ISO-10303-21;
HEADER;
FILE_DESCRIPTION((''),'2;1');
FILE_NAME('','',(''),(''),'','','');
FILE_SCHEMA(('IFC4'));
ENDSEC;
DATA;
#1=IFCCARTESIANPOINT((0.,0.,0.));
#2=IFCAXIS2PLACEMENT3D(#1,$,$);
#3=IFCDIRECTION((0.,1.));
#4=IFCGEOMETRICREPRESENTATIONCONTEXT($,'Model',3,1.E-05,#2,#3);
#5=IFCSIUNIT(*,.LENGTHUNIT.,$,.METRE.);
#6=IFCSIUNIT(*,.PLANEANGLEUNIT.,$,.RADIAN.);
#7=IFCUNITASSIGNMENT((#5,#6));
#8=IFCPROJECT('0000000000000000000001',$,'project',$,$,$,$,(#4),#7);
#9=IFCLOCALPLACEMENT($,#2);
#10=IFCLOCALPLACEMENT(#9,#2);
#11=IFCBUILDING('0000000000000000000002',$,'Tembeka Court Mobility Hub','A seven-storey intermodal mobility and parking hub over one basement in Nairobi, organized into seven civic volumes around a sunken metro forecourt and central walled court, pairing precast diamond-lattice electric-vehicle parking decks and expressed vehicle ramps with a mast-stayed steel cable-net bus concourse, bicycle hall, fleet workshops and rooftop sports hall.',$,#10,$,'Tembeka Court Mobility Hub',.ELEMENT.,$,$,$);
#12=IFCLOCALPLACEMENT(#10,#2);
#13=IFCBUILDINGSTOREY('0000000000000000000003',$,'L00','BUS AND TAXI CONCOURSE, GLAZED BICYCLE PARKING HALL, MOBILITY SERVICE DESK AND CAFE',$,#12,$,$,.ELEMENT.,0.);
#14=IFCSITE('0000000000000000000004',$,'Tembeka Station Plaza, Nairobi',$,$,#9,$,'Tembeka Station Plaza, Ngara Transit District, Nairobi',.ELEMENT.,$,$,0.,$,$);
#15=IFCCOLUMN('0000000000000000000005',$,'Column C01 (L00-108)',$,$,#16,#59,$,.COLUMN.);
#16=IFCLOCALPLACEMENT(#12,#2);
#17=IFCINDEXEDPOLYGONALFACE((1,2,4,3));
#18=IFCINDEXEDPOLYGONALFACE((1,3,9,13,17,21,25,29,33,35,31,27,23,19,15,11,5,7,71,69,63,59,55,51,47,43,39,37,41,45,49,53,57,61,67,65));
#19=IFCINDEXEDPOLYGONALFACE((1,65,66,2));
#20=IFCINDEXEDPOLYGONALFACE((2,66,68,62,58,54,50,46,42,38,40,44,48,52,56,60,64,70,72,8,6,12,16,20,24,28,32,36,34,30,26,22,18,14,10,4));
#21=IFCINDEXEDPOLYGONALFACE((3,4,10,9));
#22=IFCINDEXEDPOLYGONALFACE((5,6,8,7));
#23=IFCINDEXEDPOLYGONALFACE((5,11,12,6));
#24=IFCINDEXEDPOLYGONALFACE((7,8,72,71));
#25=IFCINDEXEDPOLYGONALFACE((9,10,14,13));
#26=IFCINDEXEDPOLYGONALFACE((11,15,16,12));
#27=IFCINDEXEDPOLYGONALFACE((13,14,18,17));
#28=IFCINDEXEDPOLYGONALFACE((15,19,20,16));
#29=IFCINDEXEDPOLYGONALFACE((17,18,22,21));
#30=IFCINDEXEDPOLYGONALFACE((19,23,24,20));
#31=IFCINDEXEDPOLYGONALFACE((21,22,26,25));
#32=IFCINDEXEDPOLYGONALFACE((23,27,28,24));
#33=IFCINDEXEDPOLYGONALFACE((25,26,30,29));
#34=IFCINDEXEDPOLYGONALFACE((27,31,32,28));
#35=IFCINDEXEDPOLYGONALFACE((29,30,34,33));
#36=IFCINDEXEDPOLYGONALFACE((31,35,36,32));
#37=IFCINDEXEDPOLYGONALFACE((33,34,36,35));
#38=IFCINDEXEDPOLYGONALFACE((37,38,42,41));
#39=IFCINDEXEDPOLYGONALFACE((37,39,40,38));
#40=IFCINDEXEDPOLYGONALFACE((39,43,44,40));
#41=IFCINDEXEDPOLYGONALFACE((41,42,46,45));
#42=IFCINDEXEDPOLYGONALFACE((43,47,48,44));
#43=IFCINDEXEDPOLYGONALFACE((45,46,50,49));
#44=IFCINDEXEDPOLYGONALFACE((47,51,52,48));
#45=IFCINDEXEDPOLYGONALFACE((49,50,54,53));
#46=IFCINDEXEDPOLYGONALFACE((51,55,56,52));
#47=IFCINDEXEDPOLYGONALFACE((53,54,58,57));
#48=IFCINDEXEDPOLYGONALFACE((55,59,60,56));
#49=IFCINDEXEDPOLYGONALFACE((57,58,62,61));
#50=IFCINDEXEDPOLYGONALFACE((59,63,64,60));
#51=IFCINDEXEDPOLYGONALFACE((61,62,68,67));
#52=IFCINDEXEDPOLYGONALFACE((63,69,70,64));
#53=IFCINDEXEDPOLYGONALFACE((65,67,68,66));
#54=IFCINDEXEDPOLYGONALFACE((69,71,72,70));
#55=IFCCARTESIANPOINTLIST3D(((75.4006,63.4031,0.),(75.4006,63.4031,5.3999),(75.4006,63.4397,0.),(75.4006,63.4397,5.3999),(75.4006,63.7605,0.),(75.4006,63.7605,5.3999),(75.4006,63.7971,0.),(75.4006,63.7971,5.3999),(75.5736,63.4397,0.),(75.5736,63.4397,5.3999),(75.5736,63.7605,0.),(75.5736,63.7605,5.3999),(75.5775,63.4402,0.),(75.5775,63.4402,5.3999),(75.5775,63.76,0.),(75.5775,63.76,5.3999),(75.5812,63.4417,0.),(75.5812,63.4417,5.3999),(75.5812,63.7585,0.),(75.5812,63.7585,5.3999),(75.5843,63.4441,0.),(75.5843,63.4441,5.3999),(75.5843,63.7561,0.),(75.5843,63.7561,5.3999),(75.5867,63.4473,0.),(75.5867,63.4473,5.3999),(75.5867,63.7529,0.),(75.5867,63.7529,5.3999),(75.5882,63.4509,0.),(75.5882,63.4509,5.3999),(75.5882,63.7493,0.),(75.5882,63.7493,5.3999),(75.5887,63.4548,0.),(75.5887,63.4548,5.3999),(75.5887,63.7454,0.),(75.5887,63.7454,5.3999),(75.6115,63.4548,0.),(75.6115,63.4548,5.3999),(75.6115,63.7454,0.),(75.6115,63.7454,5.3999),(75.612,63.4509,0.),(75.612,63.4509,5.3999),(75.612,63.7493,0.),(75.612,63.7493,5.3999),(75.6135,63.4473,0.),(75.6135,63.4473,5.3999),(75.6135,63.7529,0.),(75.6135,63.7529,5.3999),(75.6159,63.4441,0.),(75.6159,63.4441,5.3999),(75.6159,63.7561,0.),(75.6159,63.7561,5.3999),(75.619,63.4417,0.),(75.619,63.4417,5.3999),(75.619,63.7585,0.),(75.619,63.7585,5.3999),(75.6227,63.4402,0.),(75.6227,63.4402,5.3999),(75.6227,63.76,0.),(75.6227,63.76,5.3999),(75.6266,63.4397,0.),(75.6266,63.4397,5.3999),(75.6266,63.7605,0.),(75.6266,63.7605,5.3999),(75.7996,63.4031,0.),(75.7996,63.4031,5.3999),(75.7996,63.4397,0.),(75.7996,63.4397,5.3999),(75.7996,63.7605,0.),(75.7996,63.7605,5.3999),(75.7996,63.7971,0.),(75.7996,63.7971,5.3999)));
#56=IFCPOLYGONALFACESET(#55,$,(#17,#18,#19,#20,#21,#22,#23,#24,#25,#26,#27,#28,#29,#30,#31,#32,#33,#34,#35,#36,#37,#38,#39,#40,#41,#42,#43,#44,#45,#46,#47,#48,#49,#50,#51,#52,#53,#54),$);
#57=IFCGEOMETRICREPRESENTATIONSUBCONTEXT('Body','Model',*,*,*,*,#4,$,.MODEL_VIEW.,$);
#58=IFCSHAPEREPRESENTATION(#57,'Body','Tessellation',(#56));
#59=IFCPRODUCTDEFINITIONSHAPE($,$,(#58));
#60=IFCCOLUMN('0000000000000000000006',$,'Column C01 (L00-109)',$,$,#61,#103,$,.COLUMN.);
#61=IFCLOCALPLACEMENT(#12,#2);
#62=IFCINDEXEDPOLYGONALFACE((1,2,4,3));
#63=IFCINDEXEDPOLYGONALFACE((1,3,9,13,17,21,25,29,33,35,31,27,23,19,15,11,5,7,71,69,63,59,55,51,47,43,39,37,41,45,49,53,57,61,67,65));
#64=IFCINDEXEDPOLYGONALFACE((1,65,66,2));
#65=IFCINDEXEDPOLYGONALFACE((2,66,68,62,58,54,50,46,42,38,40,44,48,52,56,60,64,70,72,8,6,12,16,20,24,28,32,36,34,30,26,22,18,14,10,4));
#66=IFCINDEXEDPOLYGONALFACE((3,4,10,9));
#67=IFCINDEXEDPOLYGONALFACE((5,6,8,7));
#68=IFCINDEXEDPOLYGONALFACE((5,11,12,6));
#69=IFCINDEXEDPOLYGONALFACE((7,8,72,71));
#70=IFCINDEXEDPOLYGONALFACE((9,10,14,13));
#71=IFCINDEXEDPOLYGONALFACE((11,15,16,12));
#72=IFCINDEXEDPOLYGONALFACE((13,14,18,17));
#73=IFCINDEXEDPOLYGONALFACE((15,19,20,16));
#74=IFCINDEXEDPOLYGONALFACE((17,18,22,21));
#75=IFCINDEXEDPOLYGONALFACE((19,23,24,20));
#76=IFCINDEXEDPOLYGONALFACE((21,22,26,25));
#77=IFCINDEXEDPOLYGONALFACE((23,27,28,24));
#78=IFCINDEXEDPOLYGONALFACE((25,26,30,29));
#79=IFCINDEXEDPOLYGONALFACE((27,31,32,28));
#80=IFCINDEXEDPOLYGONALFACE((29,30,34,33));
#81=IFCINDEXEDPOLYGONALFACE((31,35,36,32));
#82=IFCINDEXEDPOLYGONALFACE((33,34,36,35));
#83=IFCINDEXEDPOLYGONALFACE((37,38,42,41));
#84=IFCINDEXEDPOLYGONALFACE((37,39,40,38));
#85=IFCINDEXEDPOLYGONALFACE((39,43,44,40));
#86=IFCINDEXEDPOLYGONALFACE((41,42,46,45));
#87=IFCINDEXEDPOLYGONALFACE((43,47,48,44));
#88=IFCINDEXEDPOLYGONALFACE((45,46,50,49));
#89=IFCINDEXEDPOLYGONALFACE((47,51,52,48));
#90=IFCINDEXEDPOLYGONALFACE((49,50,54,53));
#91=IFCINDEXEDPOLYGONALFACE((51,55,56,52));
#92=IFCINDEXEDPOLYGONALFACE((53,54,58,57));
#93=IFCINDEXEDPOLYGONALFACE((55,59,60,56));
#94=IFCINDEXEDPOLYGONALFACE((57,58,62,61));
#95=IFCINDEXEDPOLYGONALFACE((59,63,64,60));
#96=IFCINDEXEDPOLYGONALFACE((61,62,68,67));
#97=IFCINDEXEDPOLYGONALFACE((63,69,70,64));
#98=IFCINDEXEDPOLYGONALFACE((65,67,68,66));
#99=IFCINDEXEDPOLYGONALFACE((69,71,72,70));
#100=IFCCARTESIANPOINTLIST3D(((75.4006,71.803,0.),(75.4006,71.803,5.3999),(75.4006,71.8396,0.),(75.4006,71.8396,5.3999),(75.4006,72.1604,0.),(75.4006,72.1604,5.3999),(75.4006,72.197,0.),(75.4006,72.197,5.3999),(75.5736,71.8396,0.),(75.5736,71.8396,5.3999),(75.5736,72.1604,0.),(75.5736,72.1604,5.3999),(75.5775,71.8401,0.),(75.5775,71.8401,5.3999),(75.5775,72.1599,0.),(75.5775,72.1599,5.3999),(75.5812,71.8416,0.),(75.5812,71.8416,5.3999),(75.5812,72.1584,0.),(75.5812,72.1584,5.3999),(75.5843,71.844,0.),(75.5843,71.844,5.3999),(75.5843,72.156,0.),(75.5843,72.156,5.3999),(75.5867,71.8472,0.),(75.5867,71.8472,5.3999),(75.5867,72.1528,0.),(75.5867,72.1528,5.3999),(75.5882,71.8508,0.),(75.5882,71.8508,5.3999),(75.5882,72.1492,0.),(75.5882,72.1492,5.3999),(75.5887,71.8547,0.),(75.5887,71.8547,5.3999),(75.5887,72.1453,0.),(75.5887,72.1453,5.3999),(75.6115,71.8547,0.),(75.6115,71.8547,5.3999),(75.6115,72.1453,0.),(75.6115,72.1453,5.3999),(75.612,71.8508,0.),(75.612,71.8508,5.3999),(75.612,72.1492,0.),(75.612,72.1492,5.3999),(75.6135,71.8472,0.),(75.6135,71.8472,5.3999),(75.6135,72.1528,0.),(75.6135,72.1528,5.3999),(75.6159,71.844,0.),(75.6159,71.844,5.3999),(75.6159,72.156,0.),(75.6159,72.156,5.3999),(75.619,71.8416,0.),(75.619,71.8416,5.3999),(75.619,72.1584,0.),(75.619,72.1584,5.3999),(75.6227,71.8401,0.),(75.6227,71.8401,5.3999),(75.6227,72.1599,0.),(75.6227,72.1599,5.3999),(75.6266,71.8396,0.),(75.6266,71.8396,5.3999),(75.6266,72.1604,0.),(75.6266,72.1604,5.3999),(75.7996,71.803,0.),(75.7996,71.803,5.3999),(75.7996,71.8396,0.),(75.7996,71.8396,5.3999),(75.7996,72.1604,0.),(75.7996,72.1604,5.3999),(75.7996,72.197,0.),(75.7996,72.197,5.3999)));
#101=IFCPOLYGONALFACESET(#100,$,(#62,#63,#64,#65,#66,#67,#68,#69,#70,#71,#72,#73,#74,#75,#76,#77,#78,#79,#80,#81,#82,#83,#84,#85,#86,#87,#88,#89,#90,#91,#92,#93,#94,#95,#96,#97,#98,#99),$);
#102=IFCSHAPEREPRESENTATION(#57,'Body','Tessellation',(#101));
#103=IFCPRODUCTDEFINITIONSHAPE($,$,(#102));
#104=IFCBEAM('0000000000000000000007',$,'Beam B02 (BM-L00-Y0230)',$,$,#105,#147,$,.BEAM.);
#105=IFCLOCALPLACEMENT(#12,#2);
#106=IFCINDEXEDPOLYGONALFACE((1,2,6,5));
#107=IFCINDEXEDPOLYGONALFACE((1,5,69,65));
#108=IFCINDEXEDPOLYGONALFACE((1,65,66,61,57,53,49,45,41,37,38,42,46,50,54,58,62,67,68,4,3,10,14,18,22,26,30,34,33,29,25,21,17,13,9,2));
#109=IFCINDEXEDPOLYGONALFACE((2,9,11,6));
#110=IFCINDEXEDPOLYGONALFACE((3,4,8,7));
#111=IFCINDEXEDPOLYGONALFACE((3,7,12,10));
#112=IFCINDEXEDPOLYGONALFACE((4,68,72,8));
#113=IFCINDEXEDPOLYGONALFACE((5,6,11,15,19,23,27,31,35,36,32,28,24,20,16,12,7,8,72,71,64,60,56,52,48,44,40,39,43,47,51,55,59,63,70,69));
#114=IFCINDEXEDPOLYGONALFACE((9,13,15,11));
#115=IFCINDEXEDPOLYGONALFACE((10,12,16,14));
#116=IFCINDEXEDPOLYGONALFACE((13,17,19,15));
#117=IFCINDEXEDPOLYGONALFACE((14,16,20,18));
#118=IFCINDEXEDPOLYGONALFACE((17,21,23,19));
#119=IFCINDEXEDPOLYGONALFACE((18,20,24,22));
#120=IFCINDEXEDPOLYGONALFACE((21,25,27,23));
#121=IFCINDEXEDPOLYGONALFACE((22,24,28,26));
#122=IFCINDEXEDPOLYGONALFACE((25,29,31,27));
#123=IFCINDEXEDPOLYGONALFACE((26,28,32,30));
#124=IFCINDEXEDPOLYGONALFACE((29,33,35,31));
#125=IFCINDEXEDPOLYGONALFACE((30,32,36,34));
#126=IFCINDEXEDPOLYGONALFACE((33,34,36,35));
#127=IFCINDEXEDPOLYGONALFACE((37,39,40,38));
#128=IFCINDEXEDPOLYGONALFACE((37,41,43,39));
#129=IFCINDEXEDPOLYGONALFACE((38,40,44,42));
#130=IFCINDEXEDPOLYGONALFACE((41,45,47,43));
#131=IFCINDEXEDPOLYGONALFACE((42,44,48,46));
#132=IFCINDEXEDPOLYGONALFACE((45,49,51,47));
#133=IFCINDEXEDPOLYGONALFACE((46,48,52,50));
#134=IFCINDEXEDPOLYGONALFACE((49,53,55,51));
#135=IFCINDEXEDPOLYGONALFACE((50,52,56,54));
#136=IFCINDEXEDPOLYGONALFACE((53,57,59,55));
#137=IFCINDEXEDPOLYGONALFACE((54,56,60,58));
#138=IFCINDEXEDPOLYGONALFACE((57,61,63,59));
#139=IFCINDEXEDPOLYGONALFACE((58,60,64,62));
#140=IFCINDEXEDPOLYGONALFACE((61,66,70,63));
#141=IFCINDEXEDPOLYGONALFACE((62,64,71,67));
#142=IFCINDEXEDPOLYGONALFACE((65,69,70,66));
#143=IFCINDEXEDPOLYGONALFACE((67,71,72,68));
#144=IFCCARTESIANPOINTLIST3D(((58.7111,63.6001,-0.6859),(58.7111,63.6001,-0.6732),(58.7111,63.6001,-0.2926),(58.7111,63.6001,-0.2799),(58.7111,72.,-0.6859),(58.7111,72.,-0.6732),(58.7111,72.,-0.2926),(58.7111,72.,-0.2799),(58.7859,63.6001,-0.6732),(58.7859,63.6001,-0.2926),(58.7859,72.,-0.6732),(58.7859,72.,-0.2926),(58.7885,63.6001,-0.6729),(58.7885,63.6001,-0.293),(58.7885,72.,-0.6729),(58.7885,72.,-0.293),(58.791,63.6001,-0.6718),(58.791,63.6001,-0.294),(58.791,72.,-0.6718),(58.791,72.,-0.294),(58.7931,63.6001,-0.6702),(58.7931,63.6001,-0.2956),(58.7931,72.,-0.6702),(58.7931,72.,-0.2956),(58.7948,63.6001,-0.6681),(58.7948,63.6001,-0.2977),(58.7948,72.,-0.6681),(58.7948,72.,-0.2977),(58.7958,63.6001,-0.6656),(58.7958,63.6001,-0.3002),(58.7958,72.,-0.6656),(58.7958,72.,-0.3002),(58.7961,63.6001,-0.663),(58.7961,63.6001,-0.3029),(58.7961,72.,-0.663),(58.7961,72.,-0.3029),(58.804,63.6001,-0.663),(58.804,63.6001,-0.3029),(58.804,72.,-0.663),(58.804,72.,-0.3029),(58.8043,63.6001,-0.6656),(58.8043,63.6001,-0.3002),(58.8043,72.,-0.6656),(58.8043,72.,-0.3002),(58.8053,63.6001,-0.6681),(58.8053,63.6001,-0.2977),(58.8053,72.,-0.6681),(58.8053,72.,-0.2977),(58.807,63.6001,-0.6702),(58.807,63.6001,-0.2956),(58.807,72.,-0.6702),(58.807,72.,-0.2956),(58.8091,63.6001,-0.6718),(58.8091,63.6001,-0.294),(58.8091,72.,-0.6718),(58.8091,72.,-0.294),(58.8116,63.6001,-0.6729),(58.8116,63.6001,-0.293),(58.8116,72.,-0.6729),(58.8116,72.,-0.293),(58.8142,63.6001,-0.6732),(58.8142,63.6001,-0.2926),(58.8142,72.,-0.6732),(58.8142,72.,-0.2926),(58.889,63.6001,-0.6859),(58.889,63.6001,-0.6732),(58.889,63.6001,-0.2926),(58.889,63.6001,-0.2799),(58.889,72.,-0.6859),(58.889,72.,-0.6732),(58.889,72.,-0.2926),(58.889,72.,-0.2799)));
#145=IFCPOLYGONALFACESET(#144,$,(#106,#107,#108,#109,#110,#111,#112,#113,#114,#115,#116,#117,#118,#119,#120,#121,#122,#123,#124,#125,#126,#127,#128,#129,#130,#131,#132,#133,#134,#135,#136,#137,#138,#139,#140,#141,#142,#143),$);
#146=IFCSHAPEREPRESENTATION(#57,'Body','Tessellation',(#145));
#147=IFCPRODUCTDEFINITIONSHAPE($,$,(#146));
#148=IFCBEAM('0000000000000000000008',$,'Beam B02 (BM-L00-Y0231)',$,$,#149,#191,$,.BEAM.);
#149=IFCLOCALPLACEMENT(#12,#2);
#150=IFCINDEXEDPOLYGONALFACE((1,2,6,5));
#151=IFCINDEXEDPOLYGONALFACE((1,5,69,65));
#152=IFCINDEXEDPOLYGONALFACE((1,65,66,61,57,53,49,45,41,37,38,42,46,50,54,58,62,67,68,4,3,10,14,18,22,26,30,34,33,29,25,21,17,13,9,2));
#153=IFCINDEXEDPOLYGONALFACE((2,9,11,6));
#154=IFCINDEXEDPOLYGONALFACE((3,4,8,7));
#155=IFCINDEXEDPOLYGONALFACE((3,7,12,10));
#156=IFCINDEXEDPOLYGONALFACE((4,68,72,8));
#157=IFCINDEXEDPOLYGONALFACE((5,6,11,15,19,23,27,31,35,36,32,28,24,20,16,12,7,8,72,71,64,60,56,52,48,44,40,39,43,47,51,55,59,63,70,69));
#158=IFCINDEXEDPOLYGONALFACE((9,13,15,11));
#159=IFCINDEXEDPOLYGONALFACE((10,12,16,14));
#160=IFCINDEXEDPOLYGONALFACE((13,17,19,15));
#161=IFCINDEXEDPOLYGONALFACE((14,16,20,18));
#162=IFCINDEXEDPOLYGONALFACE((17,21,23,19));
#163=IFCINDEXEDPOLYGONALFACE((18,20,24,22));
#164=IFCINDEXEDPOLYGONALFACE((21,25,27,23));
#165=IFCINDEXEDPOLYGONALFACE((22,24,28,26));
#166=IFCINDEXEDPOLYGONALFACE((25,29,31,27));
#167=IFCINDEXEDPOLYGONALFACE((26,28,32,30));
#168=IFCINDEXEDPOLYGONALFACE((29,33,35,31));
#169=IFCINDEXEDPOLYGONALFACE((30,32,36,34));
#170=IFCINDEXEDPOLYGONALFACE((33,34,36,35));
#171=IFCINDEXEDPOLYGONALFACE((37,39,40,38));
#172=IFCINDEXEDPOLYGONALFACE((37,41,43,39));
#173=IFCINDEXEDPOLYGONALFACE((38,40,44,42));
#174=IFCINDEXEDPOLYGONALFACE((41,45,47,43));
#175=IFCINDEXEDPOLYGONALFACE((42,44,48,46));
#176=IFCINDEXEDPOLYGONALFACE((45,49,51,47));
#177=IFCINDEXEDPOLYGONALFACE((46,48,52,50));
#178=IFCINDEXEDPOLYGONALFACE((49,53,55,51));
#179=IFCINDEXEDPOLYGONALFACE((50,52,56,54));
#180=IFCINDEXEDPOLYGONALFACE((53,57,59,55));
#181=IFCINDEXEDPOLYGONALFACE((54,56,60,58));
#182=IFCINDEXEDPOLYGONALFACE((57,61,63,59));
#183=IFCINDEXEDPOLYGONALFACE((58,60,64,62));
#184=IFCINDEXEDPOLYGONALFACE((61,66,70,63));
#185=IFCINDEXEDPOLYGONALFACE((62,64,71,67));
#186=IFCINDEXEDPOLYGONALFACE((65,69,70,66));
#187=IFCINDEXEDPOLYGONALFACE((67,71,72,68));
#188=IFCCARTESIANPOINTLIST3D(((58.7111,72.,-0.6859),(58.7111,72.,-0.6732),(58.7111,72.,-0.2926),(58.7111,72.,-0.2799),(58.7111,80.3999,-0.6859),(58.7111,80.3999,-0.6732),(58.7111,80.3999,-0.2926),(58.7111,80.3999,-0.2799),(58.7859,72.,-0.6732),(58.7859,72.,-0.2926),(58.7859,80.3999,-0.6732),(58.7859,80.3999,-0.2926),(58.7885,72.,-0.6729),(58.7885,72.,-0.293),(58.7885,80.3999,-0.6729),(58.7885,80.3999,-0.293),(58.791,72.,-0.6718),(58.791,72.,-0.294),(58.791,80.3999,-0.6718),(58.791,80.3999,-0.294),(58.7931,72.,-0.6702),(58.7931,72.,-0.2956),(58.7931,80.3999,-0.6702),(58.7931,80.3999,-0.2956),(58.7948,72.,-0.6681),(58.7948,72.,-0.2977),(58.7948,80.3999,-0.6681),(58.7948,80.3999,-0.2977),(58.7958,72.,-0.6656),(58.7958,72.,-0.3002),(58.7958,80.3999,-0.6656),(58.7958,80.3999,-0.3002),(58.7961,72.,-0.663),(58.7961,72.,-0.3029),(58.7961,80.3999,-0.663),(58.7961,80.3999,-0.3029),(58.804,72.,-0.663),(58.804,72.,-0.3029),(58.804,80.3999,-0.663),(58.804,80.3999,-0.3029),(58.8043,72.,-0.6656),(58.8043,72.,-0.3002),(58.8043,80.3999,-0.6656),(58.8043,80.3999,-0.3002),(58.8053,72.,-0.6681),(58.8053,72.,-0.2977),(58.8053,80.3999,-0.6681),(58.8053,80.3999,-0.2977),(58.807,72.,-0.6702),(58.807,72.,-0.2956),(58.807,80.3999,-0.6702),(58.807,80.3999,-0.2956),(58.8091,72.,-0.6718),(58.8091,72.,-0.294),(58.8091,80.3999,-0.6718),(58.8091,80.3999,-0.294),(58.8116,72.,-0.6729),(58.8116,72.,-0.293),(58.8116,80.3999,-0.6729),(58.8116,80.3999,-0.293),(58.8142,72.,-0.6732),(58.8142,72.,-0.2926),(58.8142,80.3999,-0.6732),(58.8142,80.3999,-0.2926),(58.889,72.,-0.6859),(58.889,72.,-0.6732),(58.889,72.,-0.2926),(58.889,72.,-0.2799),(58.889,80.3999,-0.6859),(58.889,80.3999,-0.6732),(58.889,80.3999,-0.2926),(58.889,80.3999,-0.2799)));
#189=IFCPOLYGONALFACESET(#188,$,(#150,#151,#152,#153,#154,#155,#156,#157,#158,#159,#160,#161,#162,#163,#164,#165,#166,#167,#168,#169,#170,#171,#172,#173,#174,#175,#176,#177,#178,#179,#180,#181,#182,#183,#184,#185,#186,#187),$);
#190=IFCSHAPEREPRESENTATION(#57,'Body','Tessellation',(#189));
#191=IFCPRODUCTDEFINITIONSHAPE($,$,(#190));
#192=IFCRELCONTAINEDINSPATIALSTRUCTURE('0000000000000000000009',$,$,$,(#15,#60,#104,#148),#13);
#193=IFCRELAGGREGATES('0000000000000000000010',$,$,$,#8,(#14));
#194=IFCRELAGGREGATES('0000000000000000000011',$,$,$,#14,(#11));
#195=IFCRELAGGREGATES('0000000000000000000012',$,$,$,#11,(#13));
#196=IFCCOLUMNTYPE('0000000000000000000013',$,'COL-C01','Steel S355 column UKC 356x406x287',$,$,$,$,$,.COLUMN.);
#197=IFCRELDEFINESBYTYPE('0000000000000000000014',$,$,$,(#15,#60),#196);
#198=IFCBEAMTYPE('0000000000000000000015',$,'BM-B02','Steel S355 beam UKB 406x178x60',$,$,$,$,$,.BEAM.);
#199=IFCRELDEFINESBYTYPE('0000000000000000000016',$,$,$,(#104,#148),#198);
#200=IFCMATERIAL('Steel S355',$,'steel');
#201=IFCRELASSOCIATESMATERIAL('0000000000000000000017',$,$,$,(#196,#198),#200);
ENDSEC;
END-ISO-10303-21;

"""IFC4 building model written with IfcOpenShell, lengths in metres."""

from ifc_helpers import new_model, si_unit, direction, frame, origin, origin_2d, place, context, subcontext, project, spatial, i_section, extrude, material, material_profile, profile_set, type_object, element, save


model = new_model("IFC4")

# Units and contexts
model_context = context("Model", 3, precision=1e-05, world=origin(), true_north=direction((0.0, 1.0)))
body_context = subcontext(model_context, "Body", "Model", "MODEL_VIEW")
ifc_project = project(units=[si_unit("LENGTHUNIT", "METRE"), si_unit("PLANEANGLEUNIT", "RADIAN")], contexts=[model_context])

# Site, building, storey
site_placement = place(None, origin())
site = spatial("IfcSite", under=ifc_project, at=site_placement, Name="Tembeka Station Plaza, Nairobi", LongName="Tembeka Station Plaza, Ngara Transit District, Nairobi", CompositionType="ELEMENT", RefElevation=0.0)
building_placement = place(site_placement, origin())
building = spatial("IfcBuilding", under=site, at=building_placement, Name="Tembeka Court Mobility Hub", Description="A seven-storey intermodal mobility and parking hub over one basement in Nairobi, organized into seven civic volumes around a sunken metro forecourt and central walled court, pairing precast diamond-lattice electric-vehicle parking decks and expressed vehicle ramps with a mast-stayed steel cable-net bus concourse, bicycle hall, fleet workshops and rooftop sports hall.", LongName="Tembeka Court Mobility Hub", CompositionType="ELEMENT")
storey_placement = place(building_placement, origin())
storey = spatial("IfcBuildingStorey", under=building, at=storey_placement, Name="L00", Description="BUS AND TAXI CONCOURSE, GLAZED BICYCLE PARKING HALL, MOBILITY SERVICE DESK AND CAFE", CompositionType="ELEMENT", Elevation=0.0)

# Columns
ifc_material = material(Name="Steel S355", Category="steel")
ifc_material_profile_1 = material_profile(ifc_material, i_section(OverallWidth=0.3989, OverallDepth=0.394, WebThickness=0.0227, FlangeThickness=0.0366, FilletRadius=0.0151, at=origin_2d()), Name="UKC 356x406x287")
ifc_profile_set_1 = profile_set([ifc_material_profile_1], Name="Steel S355")
column_type = type_object("IfcColumnType", Name="COL-C01", Description="Steel S355 column UKC 356x406x287", PredefinedType="COLUMN", material=ifc_profile_set_1)
for number, where, z_axis, x_axis, name in (
    (1, (75.6001, 63.6001, 0.0), (0.0, 0.0, 1.0), (1.0, 0.0, 0.0), "Column C01 (L00-108)"),
    (2, (75.6001, 72.0, 0.0), (0.0, 0.0, 1.0), (1.0, 0.0, 0.0), "Column C01 (L00-109)"),
):
    element("IfcColumn", number, at=place(storey_placement, frame(where, z_axis=z_axis, x_axis=x_axis)), inside=storey, type_object=column_type, Name=name, PredefinedType="COLUMN", context=body_context, shape_type="SweptSolid", body=[
        extrude(i_section(OverallWidth=0.3989, OverallDepth=0.394, WebThickness=0.0227, FlangeThickness=0.0366, FilletRadius=0.0151, at=origin_2d()), origin(), (0.0, 0.0, 1.0), 5.3999),
    ])

# Beams
ifc_material_profile_2 = material_profile(ifc_material, i_section(OverallWidth=0.178, OverallDepth=0.406, WebThickness=0.0078, FlangeThickness=0.0127, FilletRadius=0.0103, at=origin_2d()), Name="UKB 406x178x60")
ifc_profile_set_2 = profile_set([ifc_material_profile_2], Name="Steel S355")
beam_type_1 = type_object("IfcBeamType", Name="BM-B02", Description="Steel S355 beam UKB 406x178x60", PredefinedType="BEAM", material=ifc_profile_set_2)
for number, where, z_axis, x_axis, name in (
    (3, (58.8, 63.6001, -0.4829), (0.0, 1.0, 0.0), (-1.0, 0.0, 0.0), "Beam B02 (BM-L00-Y0230)"),
    (4, (58.8, 72.0, -0.4829), (0.0, 1.0, 0.0), (-1.0, 0.0, 0.0), "Beam B02 (BM-L00-Y0231)"),
):
    element("IfcBeam", number, at=place(storey_placement, frame(where, z_axis=z_axis, x_axis=x_axis)), inside=storey, type_object=beam_type_1, Name=name, PredefinedType="BEAM", context=body_context, shape_type="SweptSolid", body=[
        extrude(i_section(OverallWidth=0.178, OverallDepth=0.406, WebThickness=0.0078, FlangeThickness=0.0127, FilletRadius=0.0103, at=origin_2d()), origin(), (0.0, 0.0, 1.0), 8.3999),
    ])

save(model, "model.ifc")
